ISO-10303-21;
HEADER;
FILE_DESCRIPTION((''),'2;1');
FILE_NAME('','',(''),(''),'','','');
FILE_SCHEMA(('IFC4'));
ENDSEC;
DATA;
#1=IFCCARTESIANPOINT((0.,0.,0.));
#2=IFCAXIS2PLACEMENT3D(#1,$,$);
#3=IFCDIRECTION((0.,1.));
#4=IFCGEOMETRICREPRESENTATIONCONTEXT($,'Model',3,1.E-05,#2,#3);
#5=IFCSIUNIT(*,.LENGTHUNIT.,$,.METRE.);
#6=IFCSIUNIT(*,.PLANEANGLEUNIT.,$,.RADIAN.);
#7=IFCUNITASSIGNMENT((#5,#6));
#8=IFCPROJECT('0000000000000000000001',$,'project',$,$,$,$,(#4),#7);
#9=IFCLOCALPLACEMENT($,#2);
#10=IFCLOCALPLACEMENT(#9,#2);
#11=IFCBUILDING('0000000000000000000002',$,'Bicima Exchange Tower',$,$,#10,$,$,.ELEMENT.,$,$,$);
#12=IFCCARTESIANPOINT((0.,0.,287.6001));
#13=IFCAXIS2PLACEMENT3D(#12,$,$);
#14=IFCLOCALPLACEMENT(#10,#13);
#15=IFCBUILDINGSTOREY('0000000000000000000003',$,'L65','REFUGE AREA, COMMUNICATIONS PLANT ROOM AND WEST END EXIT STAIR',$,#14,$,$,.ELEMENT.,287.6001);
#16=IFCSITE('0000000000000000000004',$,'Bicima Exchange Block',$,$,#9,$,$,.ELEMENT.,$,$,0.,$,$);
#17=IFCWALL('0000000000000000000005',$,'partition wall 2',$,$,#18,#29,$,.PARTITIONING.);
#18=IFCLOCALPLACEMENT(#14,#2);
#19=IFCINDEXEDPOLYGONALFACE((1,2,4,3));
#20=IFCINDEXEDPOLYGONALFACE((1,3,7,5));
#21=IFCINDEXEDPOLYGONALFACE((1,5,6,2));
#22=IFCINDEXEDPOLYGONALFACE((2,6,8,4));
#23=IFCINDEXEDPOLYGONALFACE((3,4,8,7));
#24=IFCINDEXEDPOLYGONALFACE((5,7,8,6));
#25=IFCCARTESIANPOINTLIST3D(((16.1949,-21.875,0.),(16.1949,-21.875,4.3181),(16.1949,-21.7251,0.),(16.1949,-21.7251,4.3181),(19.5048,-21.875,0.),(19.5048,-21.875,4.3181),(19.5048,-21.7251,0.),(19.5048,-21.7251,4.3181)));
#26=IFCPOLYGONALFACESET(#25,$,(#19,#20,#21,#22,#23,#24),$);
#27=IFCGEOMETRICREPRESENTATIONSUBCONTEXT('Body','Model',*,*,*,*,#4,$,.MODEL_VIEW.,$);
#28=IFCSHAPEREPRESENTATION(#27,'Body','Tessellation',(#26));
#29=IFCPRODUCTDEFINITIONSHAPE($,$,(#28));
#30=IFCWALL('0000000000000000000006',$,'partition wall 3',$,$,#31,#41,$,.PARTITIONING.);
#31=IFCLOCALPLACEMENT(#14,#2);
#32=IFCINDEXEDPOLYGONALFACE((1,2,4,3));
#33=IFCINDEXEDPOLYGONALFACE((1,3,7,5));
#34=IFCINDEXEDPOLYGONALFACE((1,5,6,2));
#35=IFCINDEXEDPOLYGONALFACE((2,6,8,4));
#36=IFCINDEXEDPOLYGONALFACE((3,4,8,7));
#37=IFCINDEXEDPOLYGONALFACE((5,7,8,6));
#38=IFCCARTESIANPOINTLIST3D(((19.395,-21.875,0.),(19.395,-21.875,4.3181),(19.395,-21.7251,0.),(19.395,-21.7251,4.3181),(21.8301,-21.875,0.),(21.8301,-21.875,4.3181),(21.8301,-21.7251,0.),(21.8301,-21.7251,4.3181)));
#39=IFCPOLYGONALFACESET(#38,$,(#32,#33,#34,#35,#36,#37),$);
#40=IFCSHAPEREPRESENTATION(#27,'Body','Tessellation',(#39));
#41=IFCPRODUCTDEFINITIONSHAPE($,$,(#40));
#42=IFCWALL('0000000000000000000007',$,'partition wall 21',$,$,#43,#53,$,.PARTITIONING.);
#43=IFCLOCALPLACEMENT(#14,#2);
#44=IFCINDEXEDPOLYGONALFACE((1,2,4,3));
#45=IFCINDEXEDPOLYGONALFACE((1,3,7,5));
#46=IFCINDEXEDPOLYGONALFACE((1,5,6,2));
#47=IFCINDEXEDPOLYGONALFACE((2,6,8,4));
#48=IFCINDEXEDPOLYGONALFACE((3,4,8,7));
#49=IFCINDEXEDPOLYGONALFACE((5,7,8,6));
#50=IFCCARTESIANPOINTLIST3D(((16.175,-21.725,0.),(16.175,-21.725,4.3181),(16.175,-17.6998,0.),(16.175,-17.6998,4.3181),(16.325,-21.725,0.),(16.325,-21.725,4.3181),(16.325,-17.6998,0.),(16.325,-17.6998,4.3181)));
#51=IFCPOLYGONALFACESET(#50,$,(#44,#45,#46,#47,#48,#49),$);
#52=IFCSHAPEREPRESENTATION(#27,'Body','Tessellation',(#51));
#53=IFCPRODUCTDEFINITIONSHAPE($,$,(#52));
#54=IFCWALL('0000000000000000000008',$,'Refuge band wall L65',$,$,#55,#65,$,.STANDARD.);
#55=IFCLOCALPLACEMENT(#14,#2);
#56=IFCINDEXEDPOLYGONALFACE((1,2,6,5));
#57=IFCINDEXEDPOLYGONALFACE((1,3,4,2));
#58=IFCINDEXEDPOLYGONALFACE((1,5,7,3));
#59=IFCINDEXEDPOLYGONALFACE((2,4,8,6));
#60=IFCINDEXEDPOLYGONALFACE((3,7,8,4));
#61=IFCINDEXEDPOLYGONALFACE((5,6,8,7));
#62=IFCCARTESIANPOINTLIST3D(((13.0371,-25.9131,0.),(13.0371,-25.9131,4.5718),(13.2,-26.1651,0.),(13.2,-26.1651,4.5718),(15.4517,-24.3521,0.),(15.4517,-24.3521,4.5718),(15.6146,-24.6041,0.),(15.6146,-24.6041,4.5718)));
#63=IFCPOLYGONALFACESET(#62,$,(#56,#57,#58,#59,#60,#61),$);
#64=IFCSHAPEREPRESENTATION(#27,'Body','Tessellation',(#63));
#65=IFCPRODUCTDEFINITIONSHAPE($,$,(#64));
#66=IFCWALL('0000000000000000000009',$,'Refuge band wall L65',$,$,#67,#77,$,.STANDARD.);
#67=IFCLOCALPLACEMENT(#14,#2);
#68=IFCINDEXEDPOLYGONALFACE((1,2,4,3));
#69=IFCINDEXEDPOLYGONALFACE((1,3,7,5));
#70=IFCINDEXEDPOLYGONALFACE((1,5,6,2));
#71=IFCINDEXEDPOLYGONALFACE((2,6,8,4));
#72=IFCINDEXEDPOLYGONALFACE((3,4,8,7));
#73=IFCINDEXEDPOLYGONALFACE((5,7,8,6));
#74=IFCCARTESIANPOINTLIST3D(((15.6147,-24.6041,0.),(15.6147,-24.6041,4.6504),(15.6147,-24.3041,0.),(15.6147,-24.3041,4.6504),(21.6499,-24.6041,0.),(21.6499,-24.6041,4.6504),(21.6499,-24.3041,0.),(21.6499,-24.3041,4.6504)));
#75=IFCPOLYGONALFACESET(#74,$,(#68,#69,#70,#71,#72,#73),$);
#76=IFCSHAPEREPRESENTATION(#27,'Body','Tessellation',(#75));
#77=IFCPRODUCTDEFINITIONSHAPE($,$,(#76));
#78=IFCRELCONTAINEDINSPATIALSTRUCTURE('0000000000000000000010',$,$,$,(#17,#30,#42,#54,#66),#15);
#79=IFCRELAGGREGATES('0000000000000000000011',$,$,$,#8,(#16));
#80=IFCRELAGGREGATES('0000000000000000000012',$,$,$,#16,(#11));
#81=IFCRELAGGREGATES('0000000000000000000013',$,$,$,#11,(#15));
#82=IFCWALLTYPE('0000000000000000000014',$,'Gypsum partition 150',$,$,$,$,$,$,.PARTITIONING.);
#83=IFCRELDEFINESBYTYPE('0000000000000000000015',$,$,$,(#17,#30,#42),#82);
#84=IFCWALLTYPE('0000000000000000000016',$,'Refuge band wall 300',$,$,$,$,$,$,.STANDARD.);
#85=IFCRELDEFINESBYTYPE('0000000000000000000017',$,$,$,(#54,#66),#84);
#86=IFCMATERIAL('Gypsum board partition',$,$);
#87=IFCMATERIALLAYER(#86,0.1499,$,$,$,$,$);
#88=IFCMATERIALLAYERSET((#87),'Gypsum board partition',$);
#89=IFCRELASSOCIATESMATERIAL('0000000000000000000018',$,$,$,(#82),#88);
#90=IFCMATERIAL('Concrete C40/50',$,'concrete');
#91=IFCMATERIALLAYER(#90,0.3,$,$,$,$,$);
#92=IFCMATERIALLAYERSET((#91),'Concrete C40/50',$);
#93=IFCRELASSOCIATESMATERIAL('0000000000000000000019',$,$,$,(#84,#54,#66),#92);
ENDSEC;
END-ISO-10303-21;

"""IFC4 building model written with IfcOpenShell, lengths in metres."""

from ifc_helpers import new_model, si_unit, direction, frame, frame_2d, origin, place, context, subcontext, project, spatial, rectangle, extrude, material, layer, layer_set, layer_usage, type_object, element, save


model = new_model("IFC4")

# Units and contexts
model_context = context("Model", 3, precision=1e-05, world=origin(), true_north=direction((0.0, 1.0)))
body_context = subcontext(model_context, "Body", "Model", "MODEL_VIEW")
ifc_project = project(units=[si_unit("LENGTHUNIT", "METRE"), si_unit("PLANEANGLEUNIT", "RADIAN")], contexts=[model_context])

# Site, building, storey
site_placement = place(None, origin())
site = spatial("IfcSite", under=ifc_project, at=site_placement, Name="Bicima Exchange Block", CompositionType="ELEMENT", RefElevation=0.0)
building_placement = place(site_placement, origin())
building = spatial("IfcBuilding", under=site, at=building_placement, Name="Bicima Exchange Tower", CompositionType="ELEMENT")
storey_placement = place(building_placement, frame((0.0, 0.0, 287.6001)))
storey = spatial("IfcBuildingStorey", under=building, at=storey_placement, Name="L65", Description="REFUGE AREA, COMMUNICATIONS PLANT ROOM AND WEST END EXIT STAIR", CompositionType="ELEMENT", Elevation=287.6001)

# Shared definitions
ifc_material_1 = material(Name="Gypsum board partition")

# Walls
ifc_layer_1 = layer(ifc_material_1, 0.1499)
ifc_layer_set_1 = layer_set([ifc_layer_1], Name="Gypsum board partition")
wall_type_1 = type_object("IfcWallType", Name="Gypsum partition 150", PredefinedType="PARTITIONING", material=ifc_layer_set_1)
wall_1_placement = place(storey_placement, frame((16.1951, -21.8, 0.0), z_axis=(0.0, 0.0, 1.0), x_axis=(1.0, 0.0, 0.0)))
element("IfcWall", 1, at=wall_1_placement, inside=storey, type_object=wall_type_1, Name="partition wall 2", PredefinedType="PARTITIONING", context=body_context, shape_type="SweptSolid", body=[
    extrude(rectangle(XDim=3.3098, YDim=0.1499, at=frame_2d((1.6548, 0.0))), origin(), (0.0, 0.0, 1.0), 4.3181),
])
wall_2_placement = place(storey_placement, frame((19.395, -21.8, 0.0), z_axis=(0.0, 0.0, 1.0), x_axis=(1.0, 0.0, 0.0)))
element("IfcWall", 2, at=wall_2_placement, inside=storey, type_object=wall_type_1, Name="partition wall 3", PredefinedType="PARTITIONING", context=body_context, shape_type="SweptSolid", body=[
    extrude(rectangle(XDim=2.4351, YDim=0.1499, at=frame_2d((1.2175, 0.0))), origin(), (0.0, 0.0, 1.0), 4.3181),
])
wall_3_placement = place(storey_placement, frame((16.25, -21.7251, 0.0), z_axis=(0.0, 0.0, 1.0), x_axis=(0.0, 1.0, 0.0)))
element("IfcWall", 3, at=wall_3_placement, inside=storey, type_object=wall_type_1, Name="partition wall 21", PredefinedType="PARTITIONING", context=body_context, shape_type="SweptSolid", body=[
    extrude(rectangle(XDim=4.0251, YDim=0.1499, at=frame_2d((2.0127, 0.0))), origin(), (0.0, 0.0, 1.0), 4.3181),
])
ifc_material_2 = material(Name="Concrete C40/50", Category="concrete")
ifc_layer_2 = layer(ifc_material_2, 0.3)
ifc_layer_set_2 = layer_set([ifc_layer_2], Name="Concrete C40/50")
ifc_layer_usage = layer_usage(ifc_layer_set_2, "AXIS2", "POSITIVE", -0.15)
wall_type_2 = type_object("IfcWallType", Name="Refuge band wall 300", PredefinedType="STANDARD", material=ifc_layer_set_2)
wall_4_placement = place(storey_placement, frame((13.1187, -26.0391, 0.0), z_axis=(0.0, 0.0, 1.0), x_axis=(0.83978, 0.542927, 0.0)))
element("IfcWall", 4, at=wall_4_placement, inside=storey, type_object=wall_type_2, material=ifc_layer_usage, Name="Refuge band wall L65", PredefinedType="STANDARD", context=body_context, shape_type="SweptSolid", body=[
    extrude(rectangle(XDim=2.8752, YDim=0.3, at=frame_2d((1.4375, 0.0))), origin(), (0.0, 0.0, 1.0), 4.5718),
])
wall_5_placement = place(storey_placement, frame((15.6147, -24.4541, 0.0), z_axis=(0.0, 0.0, 1.0), x_axis=(1.0, 0.0, 0.0)))
element("IfcWall", 5, at=wall_5_placement, inside=storey, type_object=wall_type_2, material=ifc_layer_usage, Name="Refuge band wall L65", PredefinedType="STANDARD", context=body_context, shape_type="SweptSolid", body=[
    extrude(rectangle(XDim=6.0352, YDim=0.3, at=frame_2d((3.0176, 0.0))), origin(), (0.0, 0.0, 1.0), 4.6504),
])

save(model, "model.ifc")
